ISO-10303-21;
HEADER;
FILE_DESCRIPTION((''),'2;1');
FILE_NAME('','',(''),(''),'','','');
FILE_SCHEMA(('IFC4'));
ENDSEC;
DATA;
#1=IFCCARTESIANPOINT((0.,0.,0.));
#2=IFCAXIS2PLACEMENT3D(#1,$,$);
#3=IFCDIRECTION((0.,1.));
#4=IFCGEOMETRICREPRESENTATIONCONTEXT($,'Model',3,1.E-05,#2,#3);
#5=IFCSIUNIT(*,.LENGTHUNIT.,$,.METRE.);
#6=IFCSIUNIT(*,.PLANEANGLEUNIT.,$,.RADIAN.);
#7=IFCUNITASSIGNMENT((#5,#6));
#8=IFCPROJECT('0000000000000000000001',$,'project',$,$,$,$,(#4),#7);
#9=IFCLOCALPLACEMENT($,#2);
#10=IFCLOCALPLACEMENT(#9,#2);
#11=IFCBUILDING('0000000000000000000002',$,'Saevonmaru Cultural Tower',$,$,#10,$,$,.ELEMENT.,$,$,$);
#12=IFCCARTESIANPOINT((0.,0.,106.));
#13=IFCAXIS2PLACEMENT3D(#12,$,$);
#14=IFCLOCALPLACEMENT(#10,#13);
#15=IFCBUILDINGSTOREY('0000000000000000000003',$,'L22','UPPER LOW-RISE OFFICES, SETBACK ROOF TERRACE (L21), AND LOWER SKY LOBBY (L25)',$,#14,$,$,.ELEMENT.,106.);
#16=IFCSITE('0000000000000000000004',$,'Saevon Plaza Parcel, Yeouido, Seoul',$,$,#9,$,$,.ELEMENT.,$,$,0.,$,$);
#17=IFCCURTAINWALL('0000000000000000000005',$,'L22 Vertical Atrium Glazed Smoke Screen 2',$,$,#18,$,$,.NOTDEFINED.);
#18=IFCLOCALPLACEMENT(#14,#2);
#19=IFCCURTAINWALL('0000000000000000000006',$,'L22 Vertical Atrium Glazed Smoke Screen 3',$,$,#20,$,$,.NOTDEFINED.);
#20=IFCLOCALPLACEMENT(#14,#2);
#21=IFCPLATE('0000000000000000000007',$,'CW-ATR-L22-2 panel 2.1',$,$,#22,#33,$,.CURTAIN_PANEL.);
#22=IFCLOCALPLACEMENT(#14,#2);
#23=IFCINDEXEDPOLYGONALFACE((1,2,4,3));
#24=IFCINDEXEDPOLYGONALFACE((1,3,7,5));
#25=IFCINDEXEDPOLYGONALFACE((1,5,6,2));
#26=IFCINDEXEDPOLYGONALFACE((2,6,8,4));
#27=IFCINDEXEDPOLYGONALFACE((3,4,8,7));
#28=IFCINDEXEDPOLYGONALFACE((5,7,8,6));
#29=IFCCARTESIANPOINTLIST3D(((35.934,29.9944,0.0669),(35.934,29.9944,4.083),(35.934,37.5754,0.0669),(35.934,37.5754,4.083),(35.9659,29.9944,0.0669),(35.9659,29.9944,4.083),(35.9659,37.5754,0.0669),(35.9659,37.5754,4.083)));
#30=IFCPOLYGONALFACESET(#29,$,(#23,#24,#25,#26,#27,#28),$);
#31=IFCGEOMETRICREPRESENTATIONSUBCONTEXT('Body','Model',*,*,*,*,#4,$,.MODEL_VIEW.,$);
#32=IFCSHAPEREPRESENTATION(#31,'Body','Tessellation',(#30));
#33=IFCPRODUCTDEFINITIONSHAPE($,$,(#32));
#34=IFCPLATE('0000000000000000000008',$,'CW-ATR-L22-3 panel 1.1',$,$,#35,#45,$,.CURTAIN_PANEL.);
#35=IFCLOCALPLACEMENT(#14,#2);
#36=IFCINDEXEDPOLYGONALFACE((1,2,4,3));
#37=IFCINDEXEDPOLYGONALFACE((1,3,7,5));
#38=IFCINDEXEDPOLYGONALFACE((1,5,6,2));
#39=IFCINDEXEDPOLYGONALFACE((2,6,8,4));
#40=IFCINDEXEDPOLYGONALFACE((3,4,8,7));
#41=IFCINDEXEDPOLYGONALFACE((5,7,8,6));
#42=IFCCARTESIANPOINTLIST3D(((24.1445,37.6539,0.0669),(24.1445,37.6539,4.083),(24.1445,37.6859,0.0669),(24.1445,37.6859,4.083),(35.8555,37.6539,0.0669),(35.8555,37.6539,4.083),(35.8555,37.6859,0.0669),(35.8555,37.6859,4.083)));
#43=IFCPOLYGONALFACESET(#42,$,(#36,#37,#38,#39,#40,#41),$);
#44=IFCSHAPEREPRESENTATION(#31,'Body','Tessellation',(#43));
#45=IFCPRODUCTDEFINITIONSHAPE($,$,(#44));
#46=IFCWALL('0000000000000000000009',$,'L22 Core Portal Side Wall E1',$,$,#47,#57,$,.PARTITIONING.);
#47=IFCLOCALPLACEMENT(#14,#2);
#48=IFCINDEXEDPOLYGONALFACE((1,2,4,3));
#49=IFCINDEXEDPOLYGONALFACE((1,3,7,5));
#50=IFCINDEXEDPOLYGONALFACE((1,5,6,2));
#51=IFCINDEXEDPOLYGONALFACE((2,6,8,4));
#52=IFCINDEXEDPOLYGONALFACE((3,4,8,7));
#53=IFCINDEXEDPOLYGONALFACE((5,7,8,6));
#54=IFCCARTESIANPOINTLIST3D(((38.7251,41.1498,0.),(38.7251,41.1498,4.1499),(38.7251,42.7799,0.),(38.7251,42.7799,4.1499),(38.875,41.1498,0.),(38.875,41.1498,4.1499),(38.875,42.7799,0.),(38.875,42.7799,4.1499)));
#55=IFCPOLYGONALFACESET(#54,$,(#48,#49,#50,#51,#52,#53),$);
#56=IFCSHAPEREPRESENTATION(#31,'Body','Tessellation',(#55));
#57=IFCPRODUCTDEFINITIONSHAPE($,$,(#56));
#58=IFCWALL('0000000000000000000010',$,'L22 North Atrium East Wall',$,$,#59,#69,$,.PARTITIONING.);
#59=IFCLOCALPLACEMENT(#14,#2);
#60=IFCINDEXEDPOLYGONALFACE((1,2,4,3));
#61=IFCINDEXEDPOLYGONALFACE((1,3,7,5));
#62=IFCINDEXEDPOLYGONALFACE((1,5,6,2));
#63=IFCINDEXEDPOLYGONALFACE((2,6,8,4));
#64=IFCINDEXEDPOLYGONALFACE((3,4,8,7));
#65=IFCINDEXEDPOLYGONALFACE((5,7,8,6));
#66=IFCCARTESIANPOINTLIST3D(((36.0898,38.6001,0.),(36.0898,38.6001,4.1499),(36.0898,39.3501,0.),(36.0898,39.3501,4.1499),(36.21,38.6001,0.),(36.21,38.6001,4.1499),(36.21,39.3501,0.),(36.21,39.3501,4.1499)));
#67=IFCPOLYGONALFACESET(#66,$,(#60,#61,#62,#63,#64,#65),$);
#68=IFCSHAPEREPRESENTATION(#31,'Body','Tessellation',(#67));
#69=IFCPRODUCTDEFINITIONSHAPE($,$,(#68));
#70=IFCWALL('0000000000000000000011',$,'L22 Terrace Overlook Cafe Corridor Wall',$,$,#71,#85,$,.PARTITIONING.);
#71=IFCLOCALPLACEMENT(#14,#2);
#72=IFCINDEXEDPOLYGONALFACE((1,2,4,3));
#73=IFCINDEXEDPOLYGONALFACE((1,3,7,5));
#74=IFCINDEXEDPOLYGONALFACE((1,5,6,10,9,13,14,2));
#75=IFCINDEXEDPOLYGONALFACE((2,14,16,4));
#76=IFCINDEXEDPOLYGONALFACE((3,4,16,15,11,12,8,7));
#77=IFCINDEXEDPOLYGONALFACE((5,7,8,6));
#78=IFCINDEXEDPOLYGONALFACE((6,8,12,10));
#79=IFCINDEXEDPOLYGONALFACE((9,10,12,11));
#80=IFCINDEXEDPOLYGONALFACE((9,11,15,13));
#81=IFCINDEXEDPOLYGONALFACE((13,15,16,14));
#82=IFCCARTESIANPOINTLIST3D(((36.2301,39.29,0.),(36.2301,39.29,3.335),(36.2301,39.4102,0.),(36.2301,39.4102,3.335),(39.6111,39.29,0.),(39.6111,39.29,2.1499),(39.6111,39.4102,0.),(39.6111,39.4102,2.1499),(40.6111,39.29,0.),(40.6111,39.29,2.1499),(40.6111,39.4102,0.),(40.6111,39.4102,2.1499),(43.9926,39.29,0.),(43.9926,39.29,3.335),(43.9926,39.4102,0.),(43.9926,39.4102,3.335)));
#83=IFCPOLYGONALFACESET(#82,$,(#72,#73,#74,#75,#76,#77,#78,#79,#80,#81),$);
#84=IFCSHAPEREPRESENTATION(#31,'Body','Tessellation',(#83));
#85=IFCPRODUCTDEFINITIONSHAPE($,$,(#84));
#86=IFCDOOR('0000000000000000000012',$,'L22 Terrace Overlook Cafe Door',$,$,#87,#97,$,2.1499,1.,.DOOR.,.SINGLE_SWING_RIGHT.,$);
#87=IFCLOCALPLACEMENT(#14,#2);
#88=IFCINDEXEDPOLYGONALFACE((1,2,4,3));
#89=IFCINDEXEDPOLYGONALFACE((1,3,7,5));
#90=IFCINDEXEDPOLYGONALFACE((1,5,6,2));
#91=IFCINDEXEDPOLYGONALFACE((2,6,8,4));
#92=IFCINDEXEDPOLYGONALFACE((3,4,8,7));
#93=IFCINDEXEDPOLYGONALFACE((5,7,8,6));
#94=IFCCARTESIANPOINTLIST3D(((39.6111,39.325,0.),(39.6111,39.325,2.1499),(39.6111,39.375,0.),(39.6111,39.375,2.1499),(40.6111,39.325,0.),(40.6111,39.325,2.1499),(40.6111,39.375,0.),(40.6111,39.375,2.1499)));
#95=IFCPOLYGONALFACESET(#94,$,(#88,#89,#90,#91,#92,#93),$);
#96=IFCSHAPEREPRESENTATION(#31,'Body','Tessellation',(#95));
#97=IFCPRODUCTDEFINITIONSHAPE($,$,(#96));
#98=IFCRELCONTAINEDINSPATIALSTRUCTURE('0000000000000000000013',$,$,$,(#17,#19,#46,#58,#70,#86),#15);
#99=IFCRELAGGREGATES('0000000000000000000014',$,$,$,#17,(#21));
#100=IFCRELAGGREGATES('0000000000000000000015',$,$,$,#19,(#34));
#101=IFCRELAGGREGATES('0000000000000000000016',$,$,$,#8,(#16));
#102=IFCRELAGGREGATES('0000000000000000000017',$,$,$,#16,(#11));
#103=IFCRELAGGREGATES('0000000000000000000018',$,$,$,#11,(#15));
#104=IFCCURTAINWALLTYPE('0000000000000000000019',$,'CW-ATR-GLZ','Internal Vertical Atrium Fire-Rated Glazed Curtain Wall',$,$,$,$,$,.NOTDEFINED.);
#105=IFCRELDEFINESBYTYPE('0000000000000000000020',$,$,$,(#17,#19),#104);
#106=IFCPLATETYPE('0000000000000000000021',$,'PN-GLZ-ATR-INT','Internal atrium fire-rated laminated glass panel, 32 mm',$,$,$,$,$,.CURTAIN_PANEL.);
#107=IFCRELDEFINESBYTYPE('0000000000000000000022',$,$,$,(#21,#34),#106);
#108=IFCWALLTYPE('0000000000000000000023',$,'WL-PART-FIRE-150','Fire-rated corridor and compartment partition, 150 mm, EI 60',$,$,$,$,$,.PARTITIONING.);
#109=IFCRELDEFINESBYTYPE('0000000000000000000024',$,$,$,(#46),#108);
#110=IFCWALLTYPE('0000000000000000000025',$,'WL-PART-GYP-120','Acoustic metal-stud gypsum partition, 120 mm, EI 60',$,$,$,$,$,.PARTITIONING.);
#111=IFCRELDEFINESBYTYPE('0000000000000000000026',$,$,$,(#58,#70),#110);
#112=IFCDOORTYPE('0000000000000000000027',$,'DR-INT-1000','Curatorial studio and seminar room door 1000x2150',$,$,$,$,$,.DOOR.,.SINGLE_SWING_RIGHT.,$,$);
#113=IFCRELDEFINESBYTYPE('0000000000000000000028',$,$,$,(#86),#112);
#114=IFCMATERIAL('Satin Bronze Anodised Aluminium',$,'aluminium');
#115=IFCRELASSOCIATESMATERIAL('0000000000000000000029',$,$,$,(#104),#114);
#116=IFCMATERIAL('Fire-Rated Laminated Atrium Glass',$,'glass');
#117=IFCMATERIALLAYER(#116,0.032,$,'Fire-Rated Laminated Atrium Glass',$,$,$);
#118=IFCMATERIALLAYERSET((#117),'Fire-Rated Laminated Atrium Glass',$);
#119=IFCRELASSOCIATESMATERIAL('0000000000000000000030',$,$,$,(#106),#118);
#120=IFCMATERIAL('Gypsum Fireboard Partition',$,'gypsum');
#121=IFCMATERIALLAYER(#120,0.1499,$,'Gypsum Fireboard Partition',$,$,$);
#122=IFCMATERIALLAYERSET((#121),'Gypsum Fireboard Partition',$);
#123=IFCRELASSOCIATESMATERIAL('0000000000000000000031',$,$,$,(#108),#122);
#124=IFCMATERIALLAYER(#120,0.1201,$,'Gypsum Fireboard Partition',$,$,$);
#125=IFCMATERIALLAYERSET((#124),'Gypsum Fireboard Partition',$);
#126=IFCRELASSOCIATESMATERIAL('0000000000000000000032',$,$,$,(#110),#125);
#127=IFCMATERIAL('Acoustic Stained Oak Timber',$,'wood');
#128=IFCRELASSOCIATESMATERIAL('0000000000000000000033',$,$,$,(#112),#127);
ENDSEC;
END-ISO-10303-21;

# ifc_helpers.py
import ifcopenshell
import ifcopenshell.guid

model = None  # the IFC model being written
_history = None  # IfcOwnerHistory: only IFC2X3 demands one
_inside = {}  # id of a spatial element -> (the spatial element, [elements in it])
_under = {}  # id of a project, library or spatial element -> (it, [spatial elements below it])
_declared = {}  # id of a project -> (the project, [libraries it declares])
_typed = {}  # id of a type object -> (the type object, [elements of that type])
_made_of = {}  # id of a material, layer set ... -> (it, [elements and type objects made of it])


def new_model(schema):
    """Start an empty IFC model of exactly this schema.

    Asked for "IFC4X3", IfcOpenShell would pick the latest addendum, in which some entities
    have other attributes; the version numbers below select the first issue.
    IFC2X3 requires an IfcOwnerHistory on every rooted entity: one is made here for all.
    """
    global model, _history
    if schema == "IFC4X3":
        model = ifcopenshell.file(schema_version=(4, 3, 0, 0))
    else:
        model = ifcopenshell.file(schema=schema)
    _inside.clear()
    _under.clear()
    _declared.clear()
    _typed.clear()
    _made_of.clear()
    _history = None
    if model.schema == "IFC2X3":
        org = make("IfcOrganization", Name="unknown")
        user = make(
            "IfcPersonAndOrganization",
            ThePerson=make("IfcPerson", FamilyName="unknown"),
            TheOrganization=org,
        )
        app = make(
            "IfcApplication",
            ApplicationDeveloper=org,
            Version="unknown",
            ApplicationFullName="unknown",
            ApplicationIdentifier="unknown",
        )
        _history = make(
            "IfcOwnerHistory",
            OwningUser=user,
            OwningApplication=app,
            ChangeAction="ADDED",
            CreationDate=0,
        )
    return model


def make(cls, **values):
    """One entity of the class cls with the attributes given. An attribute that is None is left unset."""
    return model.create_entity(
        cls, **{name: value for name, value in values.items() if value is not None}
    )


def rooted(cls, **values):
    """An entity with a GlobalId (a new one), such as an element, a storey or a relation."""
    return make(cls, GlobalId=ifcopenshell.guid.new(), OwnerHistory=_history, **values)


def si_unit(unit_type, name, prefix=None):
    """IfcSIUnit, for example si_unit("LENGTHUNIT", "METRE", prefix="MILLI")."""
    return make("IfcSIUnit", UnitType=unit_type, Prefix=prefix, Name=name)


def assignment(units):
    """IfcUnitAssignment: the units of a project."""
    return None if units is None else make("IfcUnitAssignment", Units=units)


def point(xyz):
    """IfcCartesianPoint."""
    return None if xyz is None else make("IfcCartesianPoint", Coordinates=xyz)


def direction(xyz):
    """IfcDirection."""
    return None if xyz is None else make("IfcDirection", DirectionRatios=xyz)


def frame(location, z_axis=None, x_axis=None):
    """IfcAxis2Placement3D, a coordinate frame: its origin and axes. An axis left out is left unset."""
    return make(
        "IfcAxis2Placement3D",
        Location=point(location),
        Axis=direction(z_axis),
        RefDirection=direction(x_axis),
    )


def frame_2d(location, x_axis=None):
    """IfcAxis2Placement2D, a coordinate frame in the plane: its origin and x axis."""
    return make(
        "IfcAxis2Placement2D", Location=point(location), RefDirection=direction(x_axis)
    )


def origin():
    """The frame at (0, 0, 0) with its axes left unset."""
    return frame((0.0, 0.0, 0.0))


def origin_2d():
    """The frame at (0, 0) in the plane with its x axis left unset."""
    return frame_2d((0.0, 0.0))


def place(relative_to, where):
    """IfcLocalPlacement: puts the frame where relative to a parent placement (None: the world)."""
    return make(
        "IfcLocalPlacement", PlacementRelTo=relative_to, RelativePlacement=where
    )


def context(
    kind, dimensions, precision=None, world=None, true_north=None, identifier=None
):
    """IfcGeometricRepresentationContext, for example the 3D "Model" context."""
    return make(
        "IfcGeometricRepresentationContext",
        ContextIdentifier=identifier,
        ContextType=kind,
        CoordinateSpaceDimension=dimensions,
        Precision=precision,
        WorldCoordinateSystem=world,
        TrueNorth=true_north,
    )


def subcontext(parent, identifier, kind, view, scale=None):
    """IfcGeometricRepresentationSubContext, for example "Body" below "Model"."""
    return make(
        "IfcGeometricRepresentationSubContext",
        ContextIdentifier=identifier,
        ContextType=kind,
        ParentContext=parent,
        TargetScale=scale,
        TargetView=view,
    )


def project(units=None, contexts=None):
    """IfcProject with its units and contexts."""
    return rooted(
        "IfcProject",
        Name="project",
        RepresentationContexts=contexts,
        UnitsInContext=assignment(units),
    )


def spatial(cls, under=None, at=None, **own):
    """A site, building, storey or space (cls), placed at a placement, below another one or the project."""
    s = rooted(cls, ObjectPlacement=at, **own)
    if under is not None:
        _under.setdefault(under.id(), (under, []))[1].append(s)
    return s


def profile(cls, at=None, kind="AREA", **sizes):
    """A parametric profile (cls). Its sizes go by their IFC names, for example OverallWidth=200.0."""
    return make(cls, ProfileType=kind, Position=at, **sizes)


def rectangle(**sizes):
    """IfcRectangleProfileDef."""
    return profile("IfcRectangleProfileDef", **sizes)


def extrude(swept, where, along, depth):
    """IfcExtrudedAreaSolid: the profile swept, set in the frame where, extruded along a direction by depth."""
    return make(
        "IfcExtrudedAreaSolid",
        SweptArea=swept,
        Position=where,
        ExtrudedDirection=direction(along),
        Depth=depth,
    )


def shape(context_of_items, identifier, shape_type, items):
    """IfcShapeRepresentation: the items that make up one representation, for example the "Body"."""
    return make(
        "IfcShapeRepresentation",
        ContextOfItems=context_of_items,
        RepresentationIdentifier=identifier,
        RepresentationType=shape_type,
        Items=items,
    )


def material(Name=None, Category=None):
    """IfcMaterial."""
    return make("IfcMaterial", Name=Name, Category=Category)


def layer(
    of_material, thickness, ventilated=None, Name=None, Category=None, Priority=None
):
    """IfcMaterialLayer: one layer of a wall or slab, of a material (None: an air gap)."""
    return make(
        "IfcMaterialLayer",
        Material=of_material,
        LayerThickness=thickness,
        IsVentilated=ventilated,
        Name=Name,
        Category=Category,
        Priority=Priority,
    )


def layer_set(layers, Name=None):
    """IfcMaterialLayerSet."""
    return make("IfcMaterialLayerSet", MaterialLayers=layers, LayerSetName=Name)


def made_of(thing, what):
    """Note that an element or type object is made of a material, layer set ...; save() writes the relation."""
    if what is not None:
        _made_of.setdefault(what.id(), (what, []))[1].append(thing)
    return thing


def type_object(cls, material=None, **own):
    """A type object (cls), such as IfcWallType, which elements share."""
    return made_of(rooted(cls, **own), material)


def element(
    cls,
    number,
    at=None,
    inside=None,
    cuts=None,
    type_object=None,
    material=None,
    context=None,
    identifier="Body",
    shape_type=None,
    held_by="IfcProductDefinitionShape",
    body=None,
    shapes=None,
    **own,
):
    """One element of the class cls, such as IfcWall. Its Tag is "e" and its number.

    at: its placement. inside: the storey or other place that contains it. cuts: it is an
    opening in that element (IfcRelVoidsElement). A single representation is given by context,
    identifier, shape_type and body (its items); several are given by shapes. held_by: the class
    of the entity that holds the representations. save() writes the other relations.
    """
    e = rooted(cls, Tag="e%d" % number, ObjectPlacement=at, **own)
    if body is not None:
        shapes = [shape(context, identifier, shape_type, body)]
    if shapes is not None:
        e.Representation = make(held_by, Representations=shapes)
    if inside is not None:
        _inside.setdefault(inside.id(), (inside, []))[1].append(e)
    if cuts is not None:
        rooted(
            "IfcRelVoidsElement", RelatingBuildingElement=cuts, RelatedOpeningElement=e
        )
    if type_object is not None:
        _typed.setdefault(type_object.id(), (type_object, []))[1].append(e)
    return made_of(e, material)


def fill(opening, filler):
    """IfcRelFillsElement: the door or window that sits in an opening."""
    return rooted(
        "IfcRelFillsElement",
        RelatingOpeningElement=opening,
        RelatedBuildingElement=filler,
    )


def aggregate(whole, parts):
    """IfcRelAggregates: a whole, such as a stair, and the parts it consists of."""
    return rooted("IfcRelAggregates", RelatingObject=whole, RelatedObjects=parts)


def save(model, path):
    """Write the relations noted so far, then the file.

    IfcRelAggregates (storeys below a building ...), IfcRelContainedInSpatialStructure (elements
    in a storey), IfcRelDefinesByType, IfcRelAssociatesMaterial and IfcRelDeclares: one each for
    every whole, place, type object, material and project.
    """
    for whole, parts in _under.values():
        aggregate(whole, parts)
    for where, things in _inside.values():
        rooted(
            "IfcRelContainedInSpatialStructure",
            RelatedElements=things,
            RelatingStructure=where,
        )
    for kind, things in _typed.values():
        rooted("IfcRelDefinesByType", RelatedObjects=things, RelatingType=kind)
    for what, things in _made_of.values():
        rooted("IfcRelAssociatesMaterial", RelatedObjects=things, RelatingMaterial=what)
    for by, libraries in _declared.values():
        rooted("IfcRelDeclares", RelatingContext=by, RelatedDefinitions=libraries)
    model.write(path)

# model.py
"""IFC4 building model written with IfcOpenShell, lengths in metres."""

from ifc_helpers import new_model, si_unit, direction, frame, frame_2d, origin, origin_2d, place, context, subcontext, project, spatial, rectangle, extrude, material, layer, layer_set, type_object, element, fill, aggregate, save


model = new_model("IFC4")

# Units and contexts
model_context = context("Model", 3, precision=1e-05, world=origin(), true_north=direction((0.0, 1.0)))
body_context = subcontext(model_context, "Body", "Model", "MODEL_VIEW")
ifc_project = project(units=[si_unit("LENGTHUNIT", "METRE"), si_unit("PLANEANGLEUNIT", "RADIAN")], contexts=[model_context])

# Site, building, storey
site_placement = place(None, origin())
site = spatial("IfcSite", under=ifc_project, at=site_placement, Name="Saevon Plaza Parcel, Yeouido, Seoul", CompositionType="ELEMENT", RefElevation=0.0)
building_placement = place(site_placement, origin())
building = spatial("IfcBuilding", under=site, at=building_placement, Name="Saevonmaru Cultural Tower", CompositionType="ELEMENT")
storey_placement = place(building_placement, frame((0.0, 0.0, 106.0)))
storey = spatial("IfcBuildingStorey", under=building, at=storey_placement, Name="L22", Description="UPPER LOW-RISE OFFICES, SETBACK ROOF TERRACE (L21), AND LOWER SKY LOBBY (L25)", CompositionType="ELEMENT", Elevation=106.0)

# Curtain walls
ifc_material_1 = material(Name="Satin Bronze Anodised Aluminium", Category="aluminium")
curtain_wall_type = type_object("IfcCurtainWallType", Name="CW-ATR-GLZ", Description="Internal Vertical Atrium Fire-Rated Glazed Curtain Wall", PredefinedType="NOTDEFINED", material=ifc_material_1)
curtain_wall_1_placement = place(storey_placement, origin())
curtain_wall_1 = element("IfcCurtainWall", 1, at=curtain_wall_1_placement, inside=storey, type_object=curtain_wall_type, Name="L22 Vertical Atrium Glazed Smoke Screen 2", PredefinedType="NOTDEFINED")
curtain_wall_2_placement = place(storey_placement, origin())
curtain_wall_2 = element("IfcCurtainWall", 2, at=curtain_wall_2_placement, inside=storey, type_object=curtain_wall_type, Name="L22 Vertical Atrium Glazed Smoke Screen 3", PredefinedType="NOTDEFINED")

# Plates
ifc_material_2 = material(Name="Fire-Rated Laminated Atrium Glass", Category="glass")
ifc_layer_1 = layer(ifc_material_2, 0.032, Name="Fire-Rated Laminated Atrium Glass")
ifc_layer_set_1 = layer_set([ifc_layer_1], Name="Fire-Rated Laminated Atrium Glass")
plate_type = type_object("IfcPlateType", Name="PN-GLZ-ATR-INT", Description="Internal atrium fire-rated laminated glass panel, 32 mm", PredefinedType="CURTAIN_PANEL", material=ifc_layer_set_1)
plate_1_placement = place(storey_placement, frame((35.95, 33.7849, 0.0669), z_axis=(0.0, 0.0, 1.0), x_axis=(0.0, 1.0, 0.0)))
plate_1 = element("IfcPlate", 3, at=plate_1_placement, type_object=plate_type, Name="CW-ATR-L22-2 panel 2.1", PredefinedType="CURTAIN_PANEL", context=body_context, shape_type="SweptSolid", body=[
    extrude(rectangle(XDim=7.5811, YDim=0.032, at=origin_2d()), origin(), (0.0, 0.0, 1.0), 4.0161),
])
aggregate(curtain_wall_1, [plate_1])
plate_2_placement = place(storey_placement, frame((30.0, 37.6699, 0.0669), z_axis=(0.0, 0.0, 1.0), x_axis=(-1.0, 0.0, 0.0)))
plate_2 = element("IfcPlate", 4, at=plate_2_placement, type_object=plate_type, Name="CW-ATR-L22-3 panel 1.1", PredefinedType="CURTAIN_PANEL", context=body_context, shape_type="SweptSolid", body=[
    extrude(rectangle(XDim=11.7109, YDim=0.032, at=origin_2d()), origin(), (0.0, 0.0, 1.0), 4.0161),
])
aggregate(curtain_wall_2, [plate_2])

# Walls
ifc_material_3 = material(Name="Gypsum Fireboard Partition", Category="gypsum")
ifc_layer_2 = layer(ifc_material_3, 0.1499, Name="Gypsum Fireboard Partition")
ifc_layer_set_2 = layer_set([ifc_layer_2], Name="Gypsum Fireboard Partition")
wall_type_1 = type_object("IfcWallType", Name="WL-PART-FIRE-150", Description="Fire-rated corridor and compartment partition, 150 mm, EI 60", PredefinedType="PARTITIONING", material=ifc_layer_set_2)
wall_1_placement = place(storey_placement, frame((38.8, 41.1499, 0.0), z_axis=(0.0, 0.0, 1.0), x_axis=(0.0, 1.0, 0.0)))
element("IfcWall", 5, at=wall_1_placement, inside=storey, type_object=wall_type_1, Name="L22 Core Portal Side Wall E1", PredefinedType="PARTITIONING", context=body_context, shape_type="SweptSolid", body=[
    extrude(rectangle(XDim=1.6301, YDim=0.1499, at=frame_2d((0.8149, 0.0))), origin(), (0.0, 0.0, 1.0), 4.1499),
])
ifc_layer_3 = layer(ifc_material_3, 0.1201, Name="Gypsum Fireboard Partition")
ifc_layer_set_3 = layer_set([ifc_layer_3], Name="Gypsum Fireboard Partition")
wall_type_2 = type_object("IfcWallType", Name="WL-PART-GYP-120", Description="Acoustic metal-stud gypsum partition, 120 mm, EI 60", PredefinedType="PARTITIONING", material=ifc_layer_set_3)
wall_2_placement = place(storey_placement, frame((36.1499, 38.6001, 0.0), z_axis=(0.0, 0.0, 1.0), x_axis=(0.0, 1.0, 0.0)))
element("IfcWall", 6, at=wall_2_placement, inside=storey, type_object=wall_type_2, Name="L22 North Atrium East Wall", PredefinedType="PARTITIONING", context=body_context, shape_type="SweptSolid", body=[
    extrude(rectangle(XDim=0.75, YDim=0.1201, at=frame_2d((0.375, 0.0))), origin(), (0.0, 0.0, 1.0), 4.1499),
])

# Wall, opening, door
wall_3_placement = place(storey_placement, frame((36.23, 39.3501, 0.0), z_axis=(0.0, 0.0, 1.0), x_axis=(1.0, 0.0, 0.0)))
wall_3 = element("IfcWall", 7, at=wall_3_placement, inside=storey, type_object=wall_type_2, Name="L22 Terrace Overlook Cafe Corridor Wall", PredefinedType="PARTITIONING", context=body_context, shape_type="SweptSolid", body=[
    extrude(rectangle(XDim=7.7625, YDim=0.1201, at=frame_2d((3.8813, 0.0))), origin(), (0.0, 0.0, 1.0), 3.335),
])
opening_placement = place(wall_3_placement, frame((3.3811, 0.0, 0.0)))
opening = element("IfcOpeningElement", 8, at=opening_placement, cuts=wall_3, PredefinedType="OPENING", context=body_context, shape_type="SweptSolid", body=[
    extrude(rectangle(XDim=1.0, YDim=2.1499, at=frame_2d((0.5, 1.075))), frame((0.0, 0.0701, 0.0), z_axis=(0.0, -1.0, 0.0), x_axis=(1.0, 0.0, 0.0)), (0.0, 0.0, 1.0), 0.1401),
])
ifc_material_4 = material(Name="Acoustic Stained Oak Timber", Category="wood")
door_type = type_object("IfcDoorType", Name="DR-INT-1000", Description="Curatorial studio and seminar room door 1000x2150", OperationType="SINGLE_SWING_RIGHT", PredefinedType="DOOR", material=ifc_material_4)
door_placement = place(opening_placement, origin())
door = element("IfcDoor", 9, at=door_placement, inside=storey, type_object=door_type, Name="L22 Terrace Overlook Cafe Door", OperationType="SINGLE_SWING_RIGHT", OverallHeight=2.1499, OverallWidth=1.0, PredefinedType="DOOR", context=body_context, shape_type="SweptSolid", body=[
    extrude(rectangle(XDim=1.0, YDim=2.1499, at=frame_2d((0.5, 1.075))), frame((0.0, 0.0249, 0.0), z_axis=(0.0, -1.0, 0.0), x_axis=(1.0, 0.0, 0.0)), (0.0, 0.0, 1.0), 0.05),
])
fill(opening, door)

save(model, "model.ifc")
